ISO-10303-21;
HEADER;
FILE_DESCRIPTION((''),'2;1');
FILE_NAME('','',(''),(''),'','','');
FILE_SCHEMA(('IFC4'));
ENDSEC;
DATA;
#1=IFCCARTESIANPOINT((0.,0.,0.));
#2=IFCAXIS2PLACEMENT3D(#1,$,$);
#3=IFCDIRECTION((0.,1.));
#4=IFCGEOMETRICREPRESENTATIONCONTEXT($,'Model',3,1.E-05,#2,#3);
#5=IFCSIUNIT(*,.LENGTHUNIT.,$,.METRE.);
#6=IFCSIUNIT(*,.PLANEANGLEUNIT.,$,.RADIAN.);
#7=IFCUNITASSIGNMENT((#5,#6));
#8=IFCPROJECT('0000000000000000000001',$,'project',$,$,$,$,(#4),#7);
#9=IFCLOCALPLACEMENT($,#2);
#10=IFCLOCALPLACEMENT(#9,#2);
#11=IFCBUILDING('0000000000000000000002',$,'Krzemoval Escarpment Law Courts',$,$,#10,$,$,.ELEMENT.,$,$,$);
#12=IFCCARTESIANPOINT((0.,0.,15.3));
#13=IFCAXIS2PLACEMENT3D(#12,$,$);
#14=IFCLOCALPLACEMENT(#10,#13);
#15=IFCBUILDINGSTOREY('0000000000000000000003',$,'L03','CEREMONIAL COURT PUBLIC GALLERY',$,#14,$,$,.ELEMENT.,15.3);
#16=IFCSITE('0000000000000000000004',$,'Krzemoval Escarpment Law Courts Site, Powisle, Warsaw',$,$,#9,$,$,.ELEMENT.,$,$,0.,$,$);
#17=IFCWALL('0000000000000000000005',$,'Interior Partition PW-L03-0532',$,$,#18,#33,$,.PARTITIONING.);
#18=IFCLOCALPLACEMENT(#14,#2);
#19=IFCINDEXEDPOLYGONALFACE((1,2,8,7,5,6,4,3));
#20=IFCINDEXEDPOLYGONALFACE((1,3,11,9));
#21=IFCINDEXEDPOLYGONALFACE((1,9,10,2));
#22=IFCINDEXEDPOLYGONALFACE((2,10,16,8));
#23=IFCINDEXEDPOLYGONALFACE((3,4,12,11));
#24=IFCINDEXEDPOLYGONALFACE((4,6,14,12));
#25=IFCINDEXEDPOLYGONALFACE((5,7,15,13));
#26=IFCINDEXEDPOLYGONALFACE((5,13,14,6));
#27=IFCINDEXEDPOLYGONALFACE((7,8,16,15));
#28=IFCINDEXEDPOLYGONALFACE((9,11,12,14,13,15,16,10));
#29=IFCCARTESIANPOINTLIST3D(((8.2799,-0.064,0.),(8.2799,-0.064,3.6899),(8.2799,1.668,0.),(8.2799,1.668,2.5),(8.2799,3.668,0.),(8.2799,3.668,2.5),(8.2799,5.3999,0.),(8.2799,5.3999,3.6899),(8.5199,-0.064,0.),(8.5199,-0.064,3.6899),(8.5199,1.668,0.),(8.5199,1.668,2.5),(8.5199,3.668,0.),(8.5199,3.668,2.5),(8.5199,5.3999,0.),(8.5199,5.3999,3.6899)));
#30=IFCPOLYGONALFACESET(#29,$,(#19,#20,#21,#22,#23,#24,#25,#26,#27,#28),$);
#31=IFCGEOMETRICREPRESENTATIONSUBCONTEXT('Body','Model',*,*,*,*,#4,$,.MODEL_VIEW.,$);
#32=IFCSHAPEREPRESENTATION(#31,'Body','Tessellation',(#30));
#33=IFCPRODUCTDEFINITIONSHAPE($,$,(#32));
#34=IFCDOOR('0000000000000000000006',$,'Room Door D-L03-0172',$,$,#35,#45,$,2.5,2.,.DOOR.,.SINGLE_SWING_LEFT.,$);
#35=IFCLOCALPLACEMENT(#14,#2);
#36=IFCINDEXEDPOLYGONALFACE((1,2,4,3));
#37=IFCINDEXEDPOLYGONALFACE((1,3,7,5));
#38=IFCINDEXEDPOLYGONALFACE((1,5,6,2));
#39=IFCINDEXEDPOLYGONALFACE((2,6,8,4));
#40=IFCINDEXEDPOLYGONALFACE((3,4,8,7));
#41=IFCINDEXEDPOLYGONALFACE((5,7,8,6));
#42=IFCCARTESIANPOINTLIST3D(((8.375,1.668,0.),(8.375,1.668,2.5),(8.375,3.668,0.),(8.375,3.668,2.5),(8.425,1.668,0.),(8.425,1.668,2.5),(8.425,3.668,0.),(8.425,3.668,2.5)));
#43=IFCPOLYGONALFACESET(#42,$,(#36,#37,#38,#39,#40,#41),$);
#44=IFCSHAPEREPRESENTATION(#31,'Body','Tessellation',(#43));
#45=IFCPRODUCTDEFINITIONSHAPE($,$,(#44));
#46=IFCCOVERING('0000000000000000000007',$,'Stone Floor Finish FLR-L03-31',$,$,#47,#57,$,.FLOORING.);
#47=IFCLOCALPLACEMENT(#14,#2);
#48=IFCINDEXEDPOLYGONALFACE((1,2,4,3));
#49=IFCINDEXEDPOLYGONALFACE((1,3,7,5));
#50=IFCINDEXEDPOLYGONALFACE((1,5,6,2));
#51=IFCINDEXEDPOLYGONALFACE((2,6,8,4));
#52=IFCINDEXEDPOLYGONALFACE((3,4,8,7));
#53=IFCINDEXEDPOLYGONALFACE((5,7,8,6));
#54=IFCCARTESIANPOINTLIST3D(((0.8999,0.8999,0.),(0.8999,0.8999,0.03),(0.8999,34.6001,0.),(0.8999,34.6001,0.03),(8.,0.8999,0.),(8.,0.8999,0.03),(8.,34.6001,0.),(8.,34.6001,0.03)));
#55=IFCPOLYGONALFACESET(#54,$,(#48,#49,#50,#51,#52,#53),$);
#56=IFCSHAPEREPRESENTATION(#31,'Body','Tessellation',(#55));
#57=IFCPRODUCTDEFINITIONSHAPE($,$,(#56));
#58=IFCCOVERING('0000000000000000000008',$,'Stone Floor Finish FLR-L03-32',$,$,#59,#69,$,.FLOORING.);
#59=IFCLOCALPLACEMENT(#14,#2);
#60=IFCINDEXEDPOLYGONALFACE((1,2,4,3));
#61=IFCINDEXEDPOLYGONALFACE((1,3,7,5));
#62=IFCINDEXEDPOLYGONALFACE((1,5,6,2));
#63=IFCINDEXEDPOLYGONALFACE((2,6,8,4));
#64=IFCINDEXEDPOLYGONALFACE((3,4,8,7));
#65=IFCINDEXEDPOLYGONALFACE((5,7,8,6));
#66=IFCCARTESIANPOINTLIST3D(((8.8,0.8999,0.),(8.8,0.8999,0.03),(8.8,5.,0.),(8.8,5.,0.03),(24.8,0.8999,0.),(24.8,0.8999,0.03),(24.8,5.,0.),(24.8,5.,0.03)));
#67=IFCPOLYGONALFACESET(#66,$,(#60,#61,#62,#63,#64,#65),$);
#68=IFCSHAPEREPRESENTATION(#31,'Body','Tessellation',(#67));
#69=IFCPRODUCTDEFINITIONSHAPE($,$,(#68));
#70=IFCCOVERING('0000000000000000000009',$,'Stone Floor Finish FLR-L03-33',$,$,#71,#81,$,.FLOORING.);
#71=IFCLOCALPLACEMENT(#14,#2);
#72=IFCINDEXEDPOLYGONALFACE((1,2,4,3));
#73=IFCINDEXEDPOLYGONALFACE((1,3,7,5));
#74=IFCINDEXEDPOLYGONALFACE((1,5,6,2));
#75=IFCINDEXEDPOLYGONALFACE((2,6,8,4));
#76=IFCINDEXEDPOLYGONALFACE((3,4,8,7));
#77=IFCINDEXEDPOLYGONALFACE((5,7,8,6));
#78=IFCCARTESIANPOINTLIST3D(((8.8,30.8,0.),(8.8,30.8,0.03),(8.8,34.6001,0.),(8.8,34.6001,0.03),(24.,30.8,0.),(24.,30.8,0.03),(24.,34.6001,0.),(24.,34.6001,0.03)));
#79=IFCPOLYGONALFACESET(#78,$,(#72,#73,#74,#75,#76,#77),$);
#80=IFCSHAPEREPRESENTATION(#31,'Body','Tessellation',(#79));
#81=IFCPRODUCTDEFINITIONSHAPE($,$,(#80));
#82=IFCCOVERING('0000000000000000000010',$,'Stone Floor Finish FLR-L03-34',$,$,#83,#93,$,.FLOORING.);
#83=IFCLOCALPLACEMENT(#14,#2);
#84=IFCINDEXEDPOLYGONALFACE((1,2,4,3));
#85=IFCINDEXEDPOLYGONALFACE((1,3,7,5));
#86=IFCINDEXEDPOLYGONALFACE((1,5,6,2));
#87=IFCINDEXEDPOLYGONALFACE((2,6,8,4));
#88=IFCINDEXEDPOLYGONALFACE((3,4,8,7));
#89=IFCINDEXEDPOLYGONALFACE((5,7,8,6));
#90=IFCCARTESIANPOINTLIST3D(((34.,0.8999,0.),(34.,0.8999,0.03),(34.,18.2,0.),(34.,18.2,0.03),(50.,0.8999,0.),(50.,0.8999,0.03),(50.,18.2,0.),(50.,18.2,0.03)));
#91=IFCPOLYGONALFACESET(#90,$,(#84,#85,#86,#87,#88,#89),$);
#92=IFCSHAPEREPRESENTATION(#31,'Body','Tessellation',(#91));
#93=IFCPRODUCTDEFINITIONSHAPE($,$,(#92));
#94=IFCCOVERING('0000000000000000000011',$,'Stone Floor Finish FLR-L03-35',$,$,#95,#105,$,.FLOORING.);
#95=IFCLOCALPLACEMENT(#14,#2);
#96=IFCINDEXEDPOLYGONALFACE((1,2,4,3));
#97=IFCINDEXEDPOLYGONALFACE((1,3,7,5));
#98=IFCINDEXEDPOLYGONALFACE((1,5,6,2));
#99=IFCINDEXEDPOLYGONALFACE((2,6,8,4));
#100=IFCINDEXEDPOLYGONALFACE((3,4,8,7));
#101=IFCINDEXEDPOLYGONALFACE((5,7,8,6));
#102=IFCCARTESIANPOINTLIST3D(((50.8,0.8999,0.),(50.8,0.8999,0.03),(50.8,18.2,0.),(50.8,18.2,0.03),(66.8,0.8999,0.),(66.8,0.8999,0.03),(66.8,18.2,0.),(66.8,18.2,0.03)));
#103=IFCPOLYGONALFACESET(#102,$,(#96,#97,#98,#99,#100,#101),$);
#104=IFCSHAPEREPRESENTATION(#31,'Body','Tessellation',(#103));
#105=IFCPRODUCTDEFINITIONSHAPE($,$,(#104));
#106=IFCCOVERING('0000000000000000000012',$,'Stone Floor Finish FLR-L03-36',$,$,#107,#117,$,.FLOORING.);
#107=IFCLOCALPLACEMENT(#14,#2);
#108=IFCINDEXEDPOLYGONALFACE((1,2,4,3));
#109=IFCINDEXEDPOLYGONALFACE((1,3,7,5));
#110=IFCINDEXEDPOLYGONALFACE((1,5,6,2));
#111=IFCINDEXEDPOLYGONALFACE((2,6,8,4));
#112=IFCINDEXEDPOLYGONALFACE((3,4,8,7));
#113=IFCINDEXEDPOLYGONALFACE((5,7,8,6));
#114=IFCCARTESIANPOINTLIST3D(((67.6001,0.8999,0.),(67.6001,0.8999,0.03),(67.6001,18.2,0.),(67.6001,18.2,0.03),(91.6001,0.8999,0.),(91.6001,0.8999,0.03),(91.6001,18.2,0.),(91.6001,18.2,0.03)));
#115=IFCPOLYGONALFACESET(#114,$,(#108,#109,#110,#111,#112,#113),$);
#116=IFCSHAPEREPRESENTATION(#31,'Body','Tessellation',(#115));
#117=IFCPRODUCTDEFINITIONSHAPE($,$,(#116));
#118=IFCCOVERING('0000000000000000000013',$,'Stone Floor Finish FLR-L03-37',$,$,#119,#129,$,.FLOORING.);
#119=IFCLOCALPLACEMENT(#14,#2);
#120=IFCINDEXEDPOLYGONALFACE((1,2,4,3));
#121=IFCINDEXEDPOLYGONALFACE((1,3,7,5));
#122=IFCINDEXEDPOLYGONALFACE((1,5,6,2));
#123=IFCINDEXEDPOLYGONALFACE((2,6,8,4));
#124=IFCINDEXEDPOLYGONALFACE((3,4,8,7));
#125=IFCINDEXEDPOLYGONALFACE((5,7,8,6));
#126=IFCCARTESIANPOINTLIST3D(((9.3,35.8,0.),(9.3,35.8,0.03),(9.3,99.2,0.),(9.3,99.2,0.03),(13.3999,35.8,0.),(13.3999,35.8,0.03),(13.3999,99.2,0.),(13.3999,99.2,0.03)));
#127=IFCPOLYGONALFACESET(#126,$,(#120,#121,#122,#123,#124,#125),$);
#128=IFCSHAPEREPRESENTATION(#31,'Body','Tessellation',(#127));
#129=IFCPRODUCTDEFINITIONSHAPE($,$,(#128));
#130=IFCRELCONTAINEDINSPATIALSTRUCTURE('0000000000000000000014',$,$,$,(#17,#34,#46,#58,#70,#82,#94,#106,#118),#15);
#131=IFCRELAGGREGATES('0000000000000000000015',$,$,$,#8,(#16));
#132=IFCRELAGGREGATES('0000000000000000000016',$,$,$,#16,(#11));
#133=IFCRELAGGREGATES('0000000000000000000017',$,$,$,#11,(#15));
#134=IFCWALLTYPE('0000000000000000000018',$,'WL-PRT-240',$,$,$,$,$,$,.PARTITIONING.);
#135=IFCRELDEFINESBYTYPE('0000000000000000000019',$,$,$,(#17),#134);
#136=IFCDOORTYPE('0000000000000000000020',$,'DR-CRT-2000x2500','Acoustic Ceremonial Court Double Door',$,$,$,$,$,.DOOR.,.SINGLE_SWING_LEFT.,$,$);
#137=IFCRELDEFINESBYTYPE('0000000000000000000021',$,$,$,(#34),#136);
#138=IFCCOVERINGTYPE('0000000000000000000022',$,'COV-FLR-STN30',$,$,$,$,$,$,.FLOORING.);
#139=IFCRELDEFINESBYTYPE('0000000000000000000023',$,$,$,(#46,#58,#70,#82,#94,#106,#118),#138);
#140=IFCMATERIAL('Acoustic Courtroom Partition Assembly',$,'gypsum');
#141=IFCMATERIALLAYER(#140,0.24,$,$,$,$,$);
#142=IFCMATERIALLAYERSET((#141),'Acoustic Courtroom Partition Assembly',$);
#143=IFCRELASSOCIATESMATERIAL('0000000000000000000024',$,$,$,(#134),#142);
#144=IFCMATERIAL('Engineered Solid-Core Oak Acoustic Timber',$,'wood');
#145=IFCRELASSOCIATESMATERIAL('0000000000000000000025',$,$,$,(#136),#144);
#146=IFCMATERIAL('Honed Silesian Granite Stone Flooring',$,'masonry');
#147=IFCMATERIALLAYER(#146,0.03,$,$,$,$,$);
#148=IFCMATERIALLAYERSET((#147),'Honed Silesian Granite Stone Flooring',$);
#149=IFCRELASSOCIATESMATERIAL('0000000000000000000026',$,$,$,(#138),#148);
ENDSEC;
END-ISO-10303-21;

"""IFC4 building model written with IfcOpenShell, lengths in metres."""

from ifc_helpers import new_model, si_unit, direction, frame, frame_2d, origin, place, context, subcontext, project, spatial, polyline, rectangle, outline, extrude, material, layer, layer_set, type_object, element, fill, save


model = new_model("IFC4")

# Units and contexts
model_context = context("Model", 3, precision=1e-05, world=origin(), true_north=direction((0.0, 1.0)))
body_context = subcontext(model_context, "Body", "Model", "MODEL_VIEW")
ifc_project = project(units=[si_unit("LENGTHUNIT", "METRE"), si_unit("PLANEANGLEUNIT", "RADIAN")], contexts=[model_context])

# Site, building, storey
site_placement = place(None, origin())
site = spatial("IfcSite", under=ifc_project, at=site_placement, Name="Krzemoval Escarpment Law Courts Site, Powisle, Warsaw", CompositionType="ELEMENT", RefElevation=0.0)
building_placement = place(site_placement, origin())
building = spatial("IfcBuilding", under=site, at=building_placement, Name="Krzemoval Escarpment Law Courts", CompositionType="ELEMENT")
storey_placement = place(building_placement, frame((0.0, 0.0, 15.3)))
storey = spatial("IfcBuildingStorey", under=building, at=storey_placement, Name="L03", Description="CEREMONIAL COURT PUBLIC GALLERY", CompositionType="ELEMENT", Elevation=15.3)

# Wall, opening, door
ifc_material_1 = material(Name="Acoustic Courtroom Partition Assembly", Category="gypsum")
ifc_layer_1 = layer(ifc_material_1, 0.24)
ifc_layer_set_1 = layer_set([ifc_layer_1], Name="Acoustic Courtroom Partition Assembly")
wall_type = type_object("IfcWallType", Name="WL-PRT-240", PredefinedType="PARTITIONING", material=ifc_layer_set_1)
wall_placement = place(storey_placement, frame((8.3999, -0.064, 0.0), z_axis=(0.0, 0.0, 1.0), x_axis=(0.0, 1.0, 0.0)))
wall = element("IfcWall", 1, at=wall_placement, inside=storey, type_object=wall_type, Name="Interior Partition PW-L03-0532", PredefinedType="PARTITIONING", context=body_context, shape_type="SweptSolid", body=[
    extrude(rectangle(XDim=5.4639, YDim=0.24, at=frame_2d((2.7319, 0.0))), origin(), (0.0, 0.0, 1.0), 3.6899),
])
opening_1_placement = place(wall_placement, frame((1.7319, 0.0, 0.0)))
opening_1 = element("IfcOpeningElement", 2, at=opening_1_placement, cuts=wall, PredefinedType="OPENING", context=body_context, shape_type="SweptSolid", body=[
    extrude(rectangle(XDim=2.0, YDim=2.5, at=frame_2d((1.0, 1.25))), frame((0.0, 0.135, 0.0), z_axis=(0.0, -1.0, 0.0), x_axis=(1.0, 0.0, 0.0)), (0.0, 0.0, 1.0), 0.27),
])
ifc_material_2 = material(Name="Engineered Solid-Core Oak Acoustic Timber", Category="wood")
door_type_1 = type_object("IfcDoorType", Name="DR-CRT-2000x2500", Description="Acoustic Ceremonial Court Double Door", OperationType="SINGLE_SWING_LEFT", PredefinedType="DOOR", material=ifc_material_2)
door_1_placement = place(opening_1_placement, origin())
door_1 = element("IfcDoor", 3, at=door_1_placement, inside=storey, type_object=door_type_1, Name="Room Door D-L03-0172", OperationType="SINGLE_SWING_LEFT", OverallHeight=2.5, OverallWidth=2.0, PredefinedType="DOOR", context=body_context, shape_type="SweptSolid", body=[
    extrude(rectangle(XDim=2.0, YDim=2.5, at=frame_2d((1.0, 1.25))), frame((0.0, 0.0249, 0.0), z_axis=(0.0, -1.0, 0.0), x_axis=(1.0, 0.0, 0.0)), (0.0, 0.0, 1.0), 0.05),
])
fill(opening_1, door_1)

# Coverings
ifc_material_3 = material(Name="Honed Silesian Granite Stone Flooring", Category="masonry")
ifc_layer_2 = layer(ifc_material_3, 0.03)
ifc_layer_set_2 = layer_set([ifc_layer_2], Name="Honed Silesian Granite Stone Flooring")
covering_type = type_object("IfcCoveringType", Name="COV-FLR-STN30", PredefinedType="FLOORING", material=ifc_layer_set_2)
covering_1_placement = place(storey_placement, origin())
element("IfcCovering", 4, at=covering_1_placement, inside=storey, type_object=covering_type, Name="Stone Floor Finish FLR-L03-31", PredefinedType="FLOORING", context=body_context, shape_type="SweptSolid", body=[
    extrude(outline(polyline([(0.8999, 0.8999), (0.8999, 34.6001), (8.0, 34.6001), (8.0, 0.8999), (0.8999, 0.8999)])), origin(), (0.0, 0.0, 1.0), 0.03),
])
covering_2_placement = place(storey_placement, origin())
element("IfcCovering", 5, at=covering_2_placement, inside=storey, type_object=covering_type, Name="Stone Floor Finish FLR-L03-32", PredefinedType="FLOORING", context=body_context, shape_type="SweptSolid", body=[
    extrude(outline(polyline([(8.8, 0.8999), (8.8, 5.0), (24.8, 5.0), (24.8, 0.8999), (8.8, 0.8999)])), origin(), (0.0, 0.0, 1.0), 0.03),
])
covering_3_placement = place(storey_placement, origin())
element("IfcCovering", 6, at=covering_3_placement, inside=storey, type_object=covering_type, Name="Stone Floor Finish FLR-L03-33", PredefinedType="FLOORING", context=body_context, shape_type="SweptSolid", body=[
    extrude(outline(polyline([(8.8, 30.8), (8.8, 34.6001), (24.0, 34.6001), (24.0, 30.8), (8.8, 30.8)])), origin(), (0.0, 0.0, 1.0), 0.03),
])
covering_4_placement = place(storey_placement, origin())
element("IfcCovering", 7, at=covering_4_placement, inside=storey, type_object=covering_type, Name="Stone Floor Finish FLR-L03-34", PredefinedType="FLOORING", context=body_context, shape_type="SweptSolid", body=[
    extrude(outline(polyline([(34.0, 0.8999), (34.0, 18.2), (50.0, 18.2), (50.0, 0.8999), (34.0, 0.8999)])), origin(), (0.0, 0.0, 1.0), 0.03),
])
covering_5_placement = place(storey_placement, origin())
element("IfcCovering", 8, at=covering_5_placement, inside=storey, type_object=covering_type, Name="Stone Floor Finish FLR-L03-35", PredefinedType="FLOORING", context=body_context, shape_type="SweptSolid", body=[
    extrude(outline(polyline([(50.8, 0.8999), (50.8, 18.2), (66.8, 18.2), (66.8, 0.8999), (50.8, 0.8999)])), origin(), (0.0, 0.0, 1.0), 0.03),
])
covering_6_placement = place(storey_placement, origin())
element("IfcCovering", 9, at=covering_6_placement, inside=storey, type_object=covering_type, Name="Stone Floor Finish FLR-L03-36", PredefinedType="FLOORING", context=body_context, shape_type="SweptSolid", body=[
    extrude(outline(polyline([(67.6001, 0.8999), (67.6001, 18.2), (91.6001, 18.2), (91.6001, 0.8999), (67.6001, 0.8999)])), origin(), (0.0, 0.0, 1.0), 0.03),
])
covering_7_placement = place(storey_placement, origin())
element("IfcCovering", 10, at=covering_7_placement, inside=storey, type_object=covering_type, Name="Stone Floor Finish FLR-L03-37", PredefinedType="FLOORING", context=body_context, shape_type="SweptSolid", body=[
    extrude(outline(polyline([(9.3, 35.8), (9.3, 99.2), (13.3999, 99.2), (13.3999, 35.8), (9.3, 35.8)])), origin(), (0.0, 0.0, 1.0), 0.03),
])

save(model, "model.ifc")
